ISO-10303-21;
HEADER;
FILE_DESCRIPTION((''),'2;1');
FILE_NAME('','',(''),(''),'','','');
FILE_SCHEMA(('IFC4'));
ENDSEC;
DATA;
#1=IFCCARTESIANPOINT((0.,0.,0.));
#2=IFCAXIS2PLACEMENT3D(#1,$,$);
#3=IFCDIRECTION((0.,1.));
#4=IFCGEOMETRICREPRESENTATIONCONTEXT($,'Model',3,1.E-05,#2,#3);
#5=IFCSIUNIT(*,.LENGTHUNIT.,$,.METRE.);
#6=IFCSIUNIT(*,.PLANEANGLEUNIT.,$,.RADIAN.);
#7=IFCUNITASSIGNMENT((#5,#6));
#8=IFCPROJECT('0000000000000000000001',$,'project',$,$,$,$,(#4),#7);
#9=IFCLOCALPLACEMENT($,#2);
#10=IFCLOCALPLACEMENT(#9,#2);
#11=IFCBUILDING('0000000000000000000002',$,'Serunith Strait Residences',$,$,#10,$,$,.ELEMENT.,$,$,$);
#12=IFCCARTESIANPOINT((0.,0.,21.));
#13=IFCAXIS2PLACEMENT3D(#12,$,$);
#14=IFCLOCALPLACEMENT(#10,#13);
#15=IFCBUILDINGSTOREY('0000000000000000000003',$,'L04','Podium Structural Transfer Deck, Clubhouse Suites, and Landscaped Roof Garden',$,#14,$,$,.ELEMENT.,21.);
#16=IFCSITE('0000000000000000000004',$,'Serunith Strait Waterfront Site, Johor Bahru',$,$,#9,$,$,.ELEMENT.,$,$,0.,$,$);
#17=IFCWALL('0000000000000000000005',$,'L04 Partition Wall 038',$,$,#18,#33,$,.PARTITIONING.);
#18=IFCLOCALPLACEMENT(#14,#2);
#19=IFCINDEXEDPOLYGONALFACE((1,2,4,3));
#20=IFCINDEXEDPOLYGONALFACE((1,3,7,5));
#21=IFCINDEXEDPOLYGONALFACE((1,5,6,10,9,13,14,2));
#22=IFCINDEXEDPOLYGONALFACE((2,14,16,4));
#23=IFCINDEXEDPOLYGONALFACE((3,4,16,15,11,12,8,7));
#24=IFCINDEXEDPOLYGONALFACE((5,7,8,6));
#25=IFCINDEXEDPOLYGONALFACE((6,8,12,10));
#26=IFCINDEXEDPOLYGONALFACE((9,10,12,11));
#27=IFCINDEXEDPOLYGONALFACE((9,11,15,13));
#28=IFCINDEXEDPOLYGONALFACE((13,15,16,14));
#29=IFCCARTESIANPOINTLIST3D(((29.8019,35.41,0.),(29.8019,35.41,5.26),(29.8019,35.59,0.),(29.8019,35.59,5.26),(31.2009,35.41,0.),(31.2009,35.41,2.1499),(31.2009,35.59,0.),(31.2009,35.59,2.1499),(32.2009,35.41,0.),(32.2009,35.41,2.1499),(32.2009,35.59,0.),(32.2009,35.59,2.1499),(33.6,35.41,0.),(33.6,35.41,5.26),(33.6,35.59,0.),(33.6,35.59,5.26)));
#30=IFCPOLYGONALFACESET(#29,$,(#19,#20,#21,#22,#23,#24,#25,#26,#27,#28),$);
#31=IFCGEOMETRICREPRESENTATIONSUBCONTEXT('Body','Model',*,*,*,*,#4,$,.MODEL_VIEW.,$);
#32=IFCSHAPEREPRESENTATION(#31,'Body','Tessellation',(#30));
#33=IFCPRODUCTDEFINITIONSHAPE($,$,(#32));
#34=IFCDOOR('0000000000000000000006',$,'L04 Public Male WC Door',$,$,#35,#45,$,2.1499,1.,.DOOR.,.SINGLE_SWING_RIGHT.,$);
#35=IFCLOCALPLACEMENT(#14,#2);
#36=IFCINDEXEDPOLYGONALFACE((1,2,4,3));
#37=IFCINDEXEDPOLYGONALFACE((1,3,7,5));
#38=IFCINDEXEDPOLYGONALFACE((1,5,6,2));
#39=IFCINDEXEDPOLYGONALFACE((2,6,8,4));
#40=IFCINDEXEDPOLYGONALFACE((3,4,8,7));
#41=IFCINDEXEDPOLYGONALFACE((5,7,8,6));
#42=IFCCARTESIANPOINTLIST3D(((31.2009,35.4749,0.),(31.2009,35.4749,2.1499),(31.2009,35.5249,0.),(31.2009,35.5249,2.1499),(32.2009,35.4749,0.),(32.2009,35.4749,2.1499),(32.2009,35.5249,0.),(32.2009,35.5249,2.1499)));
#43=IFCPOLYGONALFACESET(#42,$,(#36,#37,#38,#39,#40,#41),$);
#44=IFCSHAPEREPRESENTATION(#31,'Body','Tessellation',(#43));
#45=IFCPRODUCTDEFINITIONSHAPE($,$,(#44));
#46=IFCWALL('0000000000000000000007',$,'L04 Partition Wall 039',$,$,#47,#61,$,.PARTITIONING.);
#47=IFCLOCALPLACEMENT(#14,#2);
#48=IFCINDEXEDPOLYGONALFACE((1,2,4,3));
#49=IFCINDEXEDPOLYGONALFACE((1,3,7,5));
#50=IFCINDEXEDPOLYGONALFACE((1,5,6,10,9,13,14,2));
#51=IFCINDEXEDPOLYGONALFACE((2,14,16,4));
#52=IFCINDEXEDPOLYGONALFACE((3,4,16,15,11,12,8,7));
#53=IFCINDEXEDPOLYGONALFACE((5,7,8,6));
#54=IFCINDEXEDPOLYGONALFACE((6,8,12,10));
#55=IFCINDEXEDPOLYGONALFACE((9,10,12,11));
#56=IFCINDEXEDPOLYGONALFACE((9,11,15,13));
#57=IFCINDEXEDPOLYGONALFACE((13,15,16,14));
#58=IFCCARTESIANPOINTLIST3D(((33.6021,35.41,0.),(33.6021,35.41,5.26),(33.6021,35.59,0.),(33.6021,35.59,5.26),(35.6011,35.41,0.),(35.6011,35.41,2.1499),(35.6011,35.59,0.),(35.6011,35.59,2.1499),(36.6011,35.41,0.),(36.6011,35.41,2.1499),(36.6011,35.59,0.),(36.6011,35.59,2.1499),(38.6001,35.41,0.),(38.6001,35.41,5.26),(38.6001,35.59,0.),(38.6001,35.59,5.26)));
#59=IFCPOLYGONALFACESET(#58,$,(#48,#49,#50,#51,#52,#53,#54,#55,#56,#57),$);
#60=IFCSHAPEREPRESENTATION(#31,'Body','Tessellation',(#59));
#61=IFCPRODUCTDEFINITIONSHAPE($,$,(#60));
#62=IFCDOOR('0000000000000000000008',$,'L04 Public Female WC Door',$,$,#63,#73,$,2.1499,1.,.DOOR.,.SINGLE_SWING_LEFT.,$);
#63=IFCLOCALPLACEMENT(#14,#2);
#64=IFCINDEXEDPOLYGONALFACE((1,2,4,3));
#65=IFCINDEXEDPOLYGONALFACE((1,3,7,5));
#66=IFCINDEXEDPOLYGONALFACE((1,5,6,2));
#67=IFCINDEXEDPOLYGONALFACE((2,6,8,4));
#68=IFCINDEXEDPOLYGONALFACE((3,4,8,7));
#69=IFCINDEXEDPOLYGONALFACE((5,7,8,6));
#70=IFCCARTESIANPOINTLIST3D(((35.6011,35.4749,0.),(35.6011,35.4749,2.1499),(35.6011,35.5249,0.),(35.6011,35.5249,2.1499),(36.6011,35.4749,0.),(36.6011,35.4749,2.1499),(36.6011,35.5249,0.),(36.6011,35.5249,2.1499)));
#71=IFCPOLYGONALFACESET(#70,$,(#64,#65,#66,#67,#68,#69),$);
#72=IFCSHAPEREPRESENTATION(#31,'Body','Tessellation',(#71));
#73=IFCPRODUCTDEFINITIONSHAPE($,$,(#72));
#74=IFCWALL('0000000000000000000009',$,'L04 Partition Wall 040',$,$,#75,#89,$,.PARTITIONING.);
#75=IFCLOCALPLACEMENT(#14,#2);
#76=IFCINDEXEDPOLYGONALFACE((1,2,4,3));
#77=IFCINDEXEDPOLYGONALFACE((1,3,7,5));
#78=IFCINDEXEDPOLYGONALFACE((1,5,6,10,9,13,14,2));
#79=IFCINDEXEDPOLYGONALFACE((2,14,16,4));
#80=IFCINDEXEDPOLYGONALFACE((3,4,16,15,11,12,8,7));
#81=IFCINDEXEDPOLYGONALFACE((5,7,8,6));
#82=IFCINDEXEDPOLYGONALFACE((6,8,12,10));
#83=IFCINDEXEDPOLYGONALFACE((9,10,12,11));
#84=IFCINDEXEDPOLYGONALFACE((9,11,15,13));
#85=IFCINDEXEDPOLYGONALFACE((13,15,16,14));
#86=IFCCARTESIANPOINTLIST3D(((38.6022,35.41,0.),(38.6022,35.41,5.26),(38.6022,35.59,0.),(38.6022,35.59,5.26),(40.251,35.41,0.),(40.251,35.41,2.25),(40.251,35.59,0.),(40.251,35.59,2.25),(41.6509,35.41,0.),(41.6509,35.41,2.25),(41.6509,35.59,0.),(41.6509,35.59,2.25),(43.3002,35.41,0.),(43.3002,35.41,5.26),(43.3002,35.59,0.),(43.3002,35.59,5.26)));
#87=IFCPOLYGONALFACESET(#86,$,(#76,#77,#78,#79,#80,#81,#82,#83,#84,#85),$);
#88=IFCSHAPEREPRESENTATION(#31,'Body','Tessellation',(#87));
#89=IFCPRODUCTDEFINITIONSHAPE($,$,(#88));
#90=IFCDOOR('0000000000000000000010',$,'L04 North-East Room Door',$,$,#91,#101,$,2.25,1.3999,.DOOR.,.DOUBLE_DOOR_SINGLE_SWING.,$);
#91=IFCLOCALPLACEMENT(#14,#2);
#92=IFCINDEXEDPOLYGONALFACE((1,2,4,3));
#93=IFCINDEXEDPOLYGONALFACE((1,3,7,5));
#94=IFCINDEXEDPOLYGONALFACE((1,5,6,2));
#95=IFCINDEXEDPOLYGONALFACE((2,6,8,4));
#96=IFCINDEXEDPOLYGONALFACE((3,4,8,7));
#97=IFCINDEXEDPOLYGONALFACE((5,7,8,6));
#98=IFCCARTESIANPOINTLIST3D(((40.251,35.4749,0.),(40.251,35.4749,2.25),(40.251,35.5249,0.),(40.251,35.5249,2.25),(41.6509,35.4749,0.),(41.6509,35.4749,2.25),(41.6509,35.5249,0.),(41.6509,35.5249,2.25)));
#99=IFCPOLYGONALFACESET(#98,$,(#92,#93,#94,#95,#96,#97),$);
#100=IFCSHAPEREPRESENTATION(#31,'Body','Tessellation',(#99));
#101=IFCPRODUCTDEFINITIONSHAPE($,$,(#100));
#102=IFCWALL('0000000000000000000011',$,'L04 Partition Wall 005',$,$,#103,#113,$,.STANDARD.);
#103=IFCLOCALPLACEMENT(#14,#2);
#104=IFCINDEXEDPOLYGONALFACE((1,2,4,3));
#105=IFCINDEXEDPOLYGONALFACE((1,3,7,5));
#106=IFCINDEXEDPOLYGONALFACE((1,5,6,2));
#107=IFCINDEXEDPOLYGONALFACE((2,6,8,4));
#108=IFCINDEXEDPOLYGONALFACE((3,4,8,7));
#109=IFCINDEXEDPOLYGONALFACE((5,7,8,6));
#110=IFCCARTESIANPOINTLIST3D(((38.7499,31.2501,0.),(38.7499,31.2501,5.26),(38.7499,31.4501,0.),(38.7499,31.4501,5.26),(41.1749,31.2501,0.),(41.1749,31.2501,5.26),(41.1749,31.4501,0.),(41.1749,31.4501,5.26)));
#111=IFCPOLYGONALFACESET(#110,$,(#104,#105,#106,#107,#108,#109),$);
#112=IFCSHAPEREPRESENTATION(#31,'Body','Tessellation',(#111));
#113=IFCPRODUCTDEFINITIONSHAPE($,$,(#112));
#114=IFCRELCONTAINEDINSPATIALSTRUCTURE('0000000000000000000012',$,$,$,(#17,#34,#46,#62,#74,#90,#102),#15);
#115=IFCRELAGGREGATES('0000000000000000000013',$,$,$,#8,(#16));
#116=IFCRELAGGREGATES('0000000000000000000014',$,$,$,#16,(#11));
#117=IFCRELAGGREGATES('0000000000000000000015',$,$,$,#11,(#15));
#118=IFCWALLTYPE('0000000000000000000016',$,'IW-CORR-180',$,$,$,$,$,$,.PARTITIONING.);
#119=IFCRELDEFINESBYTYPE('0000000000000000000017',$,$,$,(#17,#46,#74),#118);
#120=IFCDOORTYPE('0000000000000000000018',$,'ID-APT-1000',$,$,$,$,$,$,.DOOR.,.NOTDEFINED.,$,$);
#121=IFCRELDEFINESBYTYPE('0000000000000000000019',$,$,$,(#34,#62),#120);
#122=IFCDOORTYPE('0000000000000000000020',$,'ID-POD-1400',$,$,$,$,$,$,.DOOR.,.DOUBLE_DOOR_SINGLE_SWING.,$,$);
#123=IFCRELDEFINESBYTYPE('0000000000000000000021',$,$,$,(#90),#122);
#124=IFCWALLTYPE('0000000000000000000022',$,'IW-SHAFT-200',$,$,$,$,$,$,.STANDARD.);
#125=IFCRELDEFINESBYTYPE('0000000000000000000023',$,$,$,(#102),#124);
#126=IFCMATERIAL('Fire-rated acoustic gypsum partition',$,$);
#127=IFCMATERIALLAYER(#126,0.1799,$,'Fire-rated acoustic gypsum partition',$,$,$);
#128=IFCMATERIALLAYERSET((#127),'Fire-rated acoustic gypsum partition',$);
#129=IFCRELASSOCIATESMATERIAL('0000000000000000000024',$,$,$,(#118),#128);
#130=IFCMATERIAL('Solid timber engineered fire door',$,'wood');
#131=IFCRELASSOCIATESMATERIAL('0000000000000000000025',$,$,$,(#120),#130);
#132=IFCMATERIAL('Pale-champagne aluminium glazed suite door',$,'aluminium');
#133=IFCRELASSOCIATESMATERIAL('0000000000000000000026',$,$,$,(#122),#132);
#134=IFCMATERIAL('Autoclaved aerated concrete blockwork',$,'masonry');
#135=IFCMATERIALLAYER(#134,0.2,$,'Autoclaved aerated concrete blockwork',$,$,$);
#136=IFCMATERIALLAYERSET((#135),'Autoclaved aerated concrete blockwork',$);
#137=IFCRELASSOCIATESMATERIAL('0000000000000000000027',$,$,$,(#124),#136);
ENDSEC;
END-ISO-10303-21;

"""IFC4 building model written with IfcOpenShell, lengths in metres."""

from ifc_helpers import new_model, si_unit, direction, frame, frame_2d, origin, place, context, subcontext, project, spatial, rectangle, extrude, source, transform, mapped, material, layer, layer_set, type_object, element, fill, save


model = new_model("IFC4")

# Units and contexts
model_context = context("Model", 3, precision=1e-05, world=origin(), true_north=direction((0.0, 1.0)))
body_context = subcontext(model_context, "Body", "Model", "MODEL_VIEW")
ifc_project = project(units=[si_unit("LENGTHUNIT", "METRE"), si_unit("PLANEANGLEUNIT", "RADIAN")], contexts=[model_context])

# Site, building, storey
site_placement = place(None, origin())
site = spatial("IfcSite", under=ifc_project, at=site_placement, Name="Serunith Strait Waterfront Site, Johor Bahru", CompositionType="ELEMENT", RefElevation=0.0)
building_placement = place(site_placement, origin())
building = spatial("IfcBuilding", under=site, at=building_placement, Name="Serunith Strait Residences", CompositionType="ELEMENT")
storey_placement = place(building_placement, frame((0.0, 0.0, 21.0)))
storey = spatial("IfcBuildingStorey", under=building, at=storey_placement, Name="L04", Description="Podium Structural Transfer Deck, Clubhouse Suites, and Landscaped Roof Garden", CompositionType="ELEMENT", Elevation=21.0)

# Shared definitions
ifc_material_1 = material(Name="Fire-rated acoustic gypsum partition")
ifc_layer_1 = layer(ifc_material_1, 0.1799, Name="Fire-rated acoustic gypsum partition")
ifc_layer_set_1 = layer_set([ifc_layer_1], Name="Fire-rated acoustic gypsum partition")
wall_type_1 = type_object("IfcWallType", Name="IW-CORR-180", PredefinedType="PARTITIONING", material=ifc_layer_set_1)

# Walls, openings, doors
wall_1_placement = place(storey_placement, frame((29.802, 35.5, 0.0), z_axis=(0.0, 0.0, 1.0), x_axis=(1.0, 0.0, 0.0)))
wall_1 = element("IfcWall", 1, at=wall_1_placement, inside=storey, type_object=wall_type_1, Name="L04 Partition Wall 038", PredefinedType="PARTITIONING", context=body_context, shape_type="SweptSolid", body=[
    extrude(rectangle(XDim=3.7981, YDim=0.1799, at=frame_2d((1.8989, 0.0))), origin(), (0.0, 0.0, 1.0), 5.26),
])
opening_1_placement = place(wall_1_placement, frame((1.3989, 0.0, 0.0)))
opening_1 = element("IfcOpeningElement", 2, at=opening_1_placement, cuts=wall_1, PredefinedType="OPENING", context=body_context, shape_type="SweptSolid", body=[
    extrude(rectangle(XDim=1.0, YDim=2.1499, at=frame_2d((0.5, 1.075))), frame((0.0, 0.1001, 0.0), z_axis=(0.0, -1.0, 0.0), x_axis=(1.0, 0.0, 0.0)), (0.0, 0.0, 1.0), 0.2),
])
ifc_material_2 = material(Name="Solid timber engineered fire door", Category="wood")
door_type_1 = type_object("IfcDoorType", Name="ID-APT-1000", OperationType="NOTDEFINED", PredefinedType="DOOR", material=ifc_material_2)
shared_shape_1 = source(origin(), body_context, "Body", "SweptSolid", [
    extrude(rectangle(XDim=1.0, YDim=2.1499, at=frame_2d((0.5, 1.075))), frame((0.0, 0.0249, 0.0), z_axis=(0.0, -1.0, 0.0), x_axis=(1.0, 0.0, 0.0)), (0.0, 0.0, 1.0), 0.05),
])
door_1_placement = place(opening_1_placement, origin())
door_1 = element("IfcDoor", 3, at=door_1_placement, inside=storey, type_object=door_type_1, Name="L04 Public Male WC Door", OperationType="SINGLE_SWING_RIGHT", OverallHeight=2.1499, OverallWidth=1.0, PredefinedType="DOOR", context=body_context, shape_type="MappedRepresentation", body=[
    mapped(shared_shape_1, transform((0.0, 0.0, 0.0), scale=1.0)),
])
fill(opening_1, door_1)
wall_2_placement = place(storey_placement, frame((33.6021, 35.5, 0.0), z_axis=(0.0, 0.0, 1.0), x_axis=(1.0, 0.0, 0.0)))
wall_2 = element("IfcWall", 4, at=wall_2_placement, inside=storey, type_object=wall_type_1, Name="L04 Partition Wall 039", PredefinedType="PARTITIONING", context=body_context, shape_type="SweptSolid", body=[
    extrude(rectangle(XDim=4.998, YDim=0.1799, at=frame_2d((2.499, 0.0))), origin(), (0.0, 0.0, 1.0), 5.26),
])
opening_2_placement = place(wall_2_placement, frame((1.999, 0.0, 0.0)))
opening_2 = element("IfcOpeningElement", 5, at=opening_2_placement, cuts=wall_2, PredefinedType="OPENING", context=body_context, shape_type="SweptSolid", body=[
    extrude(rectangle(XDim=1.0, YDim=2.1499, at=frame_2d((0.5, 1.075))), frame((0.0, 0.1001, 0.0), z_axis=(0.0, -1.0, 0.0), x_axis=(1.0, 0.0, 0.0)), (0.0, 0.0, 1.0), 0.2),
])
door_2_placement = place(opening_2_placement, origin())
door_2 = element("IfcDoor", 6, at=door_2_placement, inside=storey, type_object=door_type_1, Name="L04 Public Female WC Door", OperationType="SINGLE_SWING_LEFT", OverallHeight=2.1499, OverallWidth=1.0, PredefinedType="DOOR", context=body_context, shape_type="MappedRepresentation", body=[
    mapped(shared_shape_1, transform((0.0, 0.0, 0.0), scale=1.0)),
])
fill(opening_2, door_2)
wall_3_placement = place(storey_placement, frame((38.6021, 35.5, 0.0), z_axis=(0.0, 0.0, 1.0), x_axis=(1.0, 0.0, 0.0)))
wall_3 = element("IfcWall", 7, at=wall_3_placement, inside=storey, type_object=wall_type_1, Name="L04 Partition Wall 040", PredefinedType="PARTITIONING", context=body_context, shape_type="SweptSolid", body=[
    extrude(rectangle(XDim=4.698, YDim=0.1799, at=frame_2d((2.3491, 0.0))), origin(), (0.0, 0.0, 1.0), 5.26),
])
opening_3_placement = place(wall_3_placement, frame((1.6489, 0.0, 0.0)))
opening_3 = element("IfcOpeningElement", 8, at=opening_3_placement, cuts=wall_3, PredefinedType="OPENING", context=body_context, shape_type="SweptSolid", body=[
    extrude(rectangle(XDim=1.3999, YDim=2.25, at=frame_2d((0.7, 1.125))), frame((0.0, 0.1001, 0.0), z_axis=(0.0, -1.0, 0.0), x_axis=(1.0, 0.0, 0.0)), (0.0, 0.0, 1.0), 0.2),
])
ifc_material_3 = material(Name="Pale-champagne aluminium glazed suite door", Category="aluminium")
door_type_2 = type_object("IfcDoorType", Name="ID-POD-1400", OperationType="DOUBLE_DOOR_SINGLE_SWING", PredefinedType="DOOR", material=ifc_material_3)
shared_shape_2 = source(origin(), body_context, "Body", "SweptSolid", [
    extrude(rectangle(XDim=1.3999, YDim=2.25, at=frame_2d((0.7, 1.125))), frame((0.0, 0.0249, 0.0), z_axis=(0.0, -1.0, 0.0), x_axis=(1.0, 0.0, 0.0)), (0.0, 0.0, 1.0), 0.05),
])
door_3_placement = place(opening_3_placement, origin())
door_3 = element("IfcDoor", 9, at=door_3_placement, inside=storey, type_object=door_type_2, Name="L04 North-East Room Door", OperationType="DOUBLE_DOOR_SINGLE_SWING", OverallHeight=2.25, OverallWidth=1.3999, PredefinedType="DOOR", context=body_context, shape_type="MappedRepresentation", body=[
    mapped(shared_shape_2, transform((0.0, 0.0, 0.0), scale=1.0)),
])
fill(opening_3, door_3)

# Wall
ifc_material_4 = material(Name="Autoclaved aerated concrete blockwork", Category="masonry")
ifc_layer_2 = layer(ifc_material_4, 0.2, Name="Autoclaved aerated concrete blockwork")
ifc_layer_set_2 = layer_set([ifc_layer_2], Name="Autoclaved aerated concrete blockwork")
wall_type_2 = type_object("IfcWallType", Name="IW-SHAFT-200", PredefinedType="STANDARD", material=ifc_layer_set_2)
wall_4_placement = place(storey_placement, frame((38.75, 31.3501, 0.0), z_axis=(0.0, 0.0, 1.0), x_axis=(1.0, 0.0, 0.0)))
element("IfcWall", 10, at=wall_4_placement, inside=storey, type_object=wall_type_2, Name="L04 Partition Wall 005", PredefinedType="STANDARD", context=body_context, shape_type="SweptSolid", body=[
    extrude(rectangle(XDim=2.425, YDim=0.2, at=frame_2d((1.2124, 0.0))), origin(), (0.0, 0.0, 1.0), 5.26),
])

save(model, "model.ifc")
